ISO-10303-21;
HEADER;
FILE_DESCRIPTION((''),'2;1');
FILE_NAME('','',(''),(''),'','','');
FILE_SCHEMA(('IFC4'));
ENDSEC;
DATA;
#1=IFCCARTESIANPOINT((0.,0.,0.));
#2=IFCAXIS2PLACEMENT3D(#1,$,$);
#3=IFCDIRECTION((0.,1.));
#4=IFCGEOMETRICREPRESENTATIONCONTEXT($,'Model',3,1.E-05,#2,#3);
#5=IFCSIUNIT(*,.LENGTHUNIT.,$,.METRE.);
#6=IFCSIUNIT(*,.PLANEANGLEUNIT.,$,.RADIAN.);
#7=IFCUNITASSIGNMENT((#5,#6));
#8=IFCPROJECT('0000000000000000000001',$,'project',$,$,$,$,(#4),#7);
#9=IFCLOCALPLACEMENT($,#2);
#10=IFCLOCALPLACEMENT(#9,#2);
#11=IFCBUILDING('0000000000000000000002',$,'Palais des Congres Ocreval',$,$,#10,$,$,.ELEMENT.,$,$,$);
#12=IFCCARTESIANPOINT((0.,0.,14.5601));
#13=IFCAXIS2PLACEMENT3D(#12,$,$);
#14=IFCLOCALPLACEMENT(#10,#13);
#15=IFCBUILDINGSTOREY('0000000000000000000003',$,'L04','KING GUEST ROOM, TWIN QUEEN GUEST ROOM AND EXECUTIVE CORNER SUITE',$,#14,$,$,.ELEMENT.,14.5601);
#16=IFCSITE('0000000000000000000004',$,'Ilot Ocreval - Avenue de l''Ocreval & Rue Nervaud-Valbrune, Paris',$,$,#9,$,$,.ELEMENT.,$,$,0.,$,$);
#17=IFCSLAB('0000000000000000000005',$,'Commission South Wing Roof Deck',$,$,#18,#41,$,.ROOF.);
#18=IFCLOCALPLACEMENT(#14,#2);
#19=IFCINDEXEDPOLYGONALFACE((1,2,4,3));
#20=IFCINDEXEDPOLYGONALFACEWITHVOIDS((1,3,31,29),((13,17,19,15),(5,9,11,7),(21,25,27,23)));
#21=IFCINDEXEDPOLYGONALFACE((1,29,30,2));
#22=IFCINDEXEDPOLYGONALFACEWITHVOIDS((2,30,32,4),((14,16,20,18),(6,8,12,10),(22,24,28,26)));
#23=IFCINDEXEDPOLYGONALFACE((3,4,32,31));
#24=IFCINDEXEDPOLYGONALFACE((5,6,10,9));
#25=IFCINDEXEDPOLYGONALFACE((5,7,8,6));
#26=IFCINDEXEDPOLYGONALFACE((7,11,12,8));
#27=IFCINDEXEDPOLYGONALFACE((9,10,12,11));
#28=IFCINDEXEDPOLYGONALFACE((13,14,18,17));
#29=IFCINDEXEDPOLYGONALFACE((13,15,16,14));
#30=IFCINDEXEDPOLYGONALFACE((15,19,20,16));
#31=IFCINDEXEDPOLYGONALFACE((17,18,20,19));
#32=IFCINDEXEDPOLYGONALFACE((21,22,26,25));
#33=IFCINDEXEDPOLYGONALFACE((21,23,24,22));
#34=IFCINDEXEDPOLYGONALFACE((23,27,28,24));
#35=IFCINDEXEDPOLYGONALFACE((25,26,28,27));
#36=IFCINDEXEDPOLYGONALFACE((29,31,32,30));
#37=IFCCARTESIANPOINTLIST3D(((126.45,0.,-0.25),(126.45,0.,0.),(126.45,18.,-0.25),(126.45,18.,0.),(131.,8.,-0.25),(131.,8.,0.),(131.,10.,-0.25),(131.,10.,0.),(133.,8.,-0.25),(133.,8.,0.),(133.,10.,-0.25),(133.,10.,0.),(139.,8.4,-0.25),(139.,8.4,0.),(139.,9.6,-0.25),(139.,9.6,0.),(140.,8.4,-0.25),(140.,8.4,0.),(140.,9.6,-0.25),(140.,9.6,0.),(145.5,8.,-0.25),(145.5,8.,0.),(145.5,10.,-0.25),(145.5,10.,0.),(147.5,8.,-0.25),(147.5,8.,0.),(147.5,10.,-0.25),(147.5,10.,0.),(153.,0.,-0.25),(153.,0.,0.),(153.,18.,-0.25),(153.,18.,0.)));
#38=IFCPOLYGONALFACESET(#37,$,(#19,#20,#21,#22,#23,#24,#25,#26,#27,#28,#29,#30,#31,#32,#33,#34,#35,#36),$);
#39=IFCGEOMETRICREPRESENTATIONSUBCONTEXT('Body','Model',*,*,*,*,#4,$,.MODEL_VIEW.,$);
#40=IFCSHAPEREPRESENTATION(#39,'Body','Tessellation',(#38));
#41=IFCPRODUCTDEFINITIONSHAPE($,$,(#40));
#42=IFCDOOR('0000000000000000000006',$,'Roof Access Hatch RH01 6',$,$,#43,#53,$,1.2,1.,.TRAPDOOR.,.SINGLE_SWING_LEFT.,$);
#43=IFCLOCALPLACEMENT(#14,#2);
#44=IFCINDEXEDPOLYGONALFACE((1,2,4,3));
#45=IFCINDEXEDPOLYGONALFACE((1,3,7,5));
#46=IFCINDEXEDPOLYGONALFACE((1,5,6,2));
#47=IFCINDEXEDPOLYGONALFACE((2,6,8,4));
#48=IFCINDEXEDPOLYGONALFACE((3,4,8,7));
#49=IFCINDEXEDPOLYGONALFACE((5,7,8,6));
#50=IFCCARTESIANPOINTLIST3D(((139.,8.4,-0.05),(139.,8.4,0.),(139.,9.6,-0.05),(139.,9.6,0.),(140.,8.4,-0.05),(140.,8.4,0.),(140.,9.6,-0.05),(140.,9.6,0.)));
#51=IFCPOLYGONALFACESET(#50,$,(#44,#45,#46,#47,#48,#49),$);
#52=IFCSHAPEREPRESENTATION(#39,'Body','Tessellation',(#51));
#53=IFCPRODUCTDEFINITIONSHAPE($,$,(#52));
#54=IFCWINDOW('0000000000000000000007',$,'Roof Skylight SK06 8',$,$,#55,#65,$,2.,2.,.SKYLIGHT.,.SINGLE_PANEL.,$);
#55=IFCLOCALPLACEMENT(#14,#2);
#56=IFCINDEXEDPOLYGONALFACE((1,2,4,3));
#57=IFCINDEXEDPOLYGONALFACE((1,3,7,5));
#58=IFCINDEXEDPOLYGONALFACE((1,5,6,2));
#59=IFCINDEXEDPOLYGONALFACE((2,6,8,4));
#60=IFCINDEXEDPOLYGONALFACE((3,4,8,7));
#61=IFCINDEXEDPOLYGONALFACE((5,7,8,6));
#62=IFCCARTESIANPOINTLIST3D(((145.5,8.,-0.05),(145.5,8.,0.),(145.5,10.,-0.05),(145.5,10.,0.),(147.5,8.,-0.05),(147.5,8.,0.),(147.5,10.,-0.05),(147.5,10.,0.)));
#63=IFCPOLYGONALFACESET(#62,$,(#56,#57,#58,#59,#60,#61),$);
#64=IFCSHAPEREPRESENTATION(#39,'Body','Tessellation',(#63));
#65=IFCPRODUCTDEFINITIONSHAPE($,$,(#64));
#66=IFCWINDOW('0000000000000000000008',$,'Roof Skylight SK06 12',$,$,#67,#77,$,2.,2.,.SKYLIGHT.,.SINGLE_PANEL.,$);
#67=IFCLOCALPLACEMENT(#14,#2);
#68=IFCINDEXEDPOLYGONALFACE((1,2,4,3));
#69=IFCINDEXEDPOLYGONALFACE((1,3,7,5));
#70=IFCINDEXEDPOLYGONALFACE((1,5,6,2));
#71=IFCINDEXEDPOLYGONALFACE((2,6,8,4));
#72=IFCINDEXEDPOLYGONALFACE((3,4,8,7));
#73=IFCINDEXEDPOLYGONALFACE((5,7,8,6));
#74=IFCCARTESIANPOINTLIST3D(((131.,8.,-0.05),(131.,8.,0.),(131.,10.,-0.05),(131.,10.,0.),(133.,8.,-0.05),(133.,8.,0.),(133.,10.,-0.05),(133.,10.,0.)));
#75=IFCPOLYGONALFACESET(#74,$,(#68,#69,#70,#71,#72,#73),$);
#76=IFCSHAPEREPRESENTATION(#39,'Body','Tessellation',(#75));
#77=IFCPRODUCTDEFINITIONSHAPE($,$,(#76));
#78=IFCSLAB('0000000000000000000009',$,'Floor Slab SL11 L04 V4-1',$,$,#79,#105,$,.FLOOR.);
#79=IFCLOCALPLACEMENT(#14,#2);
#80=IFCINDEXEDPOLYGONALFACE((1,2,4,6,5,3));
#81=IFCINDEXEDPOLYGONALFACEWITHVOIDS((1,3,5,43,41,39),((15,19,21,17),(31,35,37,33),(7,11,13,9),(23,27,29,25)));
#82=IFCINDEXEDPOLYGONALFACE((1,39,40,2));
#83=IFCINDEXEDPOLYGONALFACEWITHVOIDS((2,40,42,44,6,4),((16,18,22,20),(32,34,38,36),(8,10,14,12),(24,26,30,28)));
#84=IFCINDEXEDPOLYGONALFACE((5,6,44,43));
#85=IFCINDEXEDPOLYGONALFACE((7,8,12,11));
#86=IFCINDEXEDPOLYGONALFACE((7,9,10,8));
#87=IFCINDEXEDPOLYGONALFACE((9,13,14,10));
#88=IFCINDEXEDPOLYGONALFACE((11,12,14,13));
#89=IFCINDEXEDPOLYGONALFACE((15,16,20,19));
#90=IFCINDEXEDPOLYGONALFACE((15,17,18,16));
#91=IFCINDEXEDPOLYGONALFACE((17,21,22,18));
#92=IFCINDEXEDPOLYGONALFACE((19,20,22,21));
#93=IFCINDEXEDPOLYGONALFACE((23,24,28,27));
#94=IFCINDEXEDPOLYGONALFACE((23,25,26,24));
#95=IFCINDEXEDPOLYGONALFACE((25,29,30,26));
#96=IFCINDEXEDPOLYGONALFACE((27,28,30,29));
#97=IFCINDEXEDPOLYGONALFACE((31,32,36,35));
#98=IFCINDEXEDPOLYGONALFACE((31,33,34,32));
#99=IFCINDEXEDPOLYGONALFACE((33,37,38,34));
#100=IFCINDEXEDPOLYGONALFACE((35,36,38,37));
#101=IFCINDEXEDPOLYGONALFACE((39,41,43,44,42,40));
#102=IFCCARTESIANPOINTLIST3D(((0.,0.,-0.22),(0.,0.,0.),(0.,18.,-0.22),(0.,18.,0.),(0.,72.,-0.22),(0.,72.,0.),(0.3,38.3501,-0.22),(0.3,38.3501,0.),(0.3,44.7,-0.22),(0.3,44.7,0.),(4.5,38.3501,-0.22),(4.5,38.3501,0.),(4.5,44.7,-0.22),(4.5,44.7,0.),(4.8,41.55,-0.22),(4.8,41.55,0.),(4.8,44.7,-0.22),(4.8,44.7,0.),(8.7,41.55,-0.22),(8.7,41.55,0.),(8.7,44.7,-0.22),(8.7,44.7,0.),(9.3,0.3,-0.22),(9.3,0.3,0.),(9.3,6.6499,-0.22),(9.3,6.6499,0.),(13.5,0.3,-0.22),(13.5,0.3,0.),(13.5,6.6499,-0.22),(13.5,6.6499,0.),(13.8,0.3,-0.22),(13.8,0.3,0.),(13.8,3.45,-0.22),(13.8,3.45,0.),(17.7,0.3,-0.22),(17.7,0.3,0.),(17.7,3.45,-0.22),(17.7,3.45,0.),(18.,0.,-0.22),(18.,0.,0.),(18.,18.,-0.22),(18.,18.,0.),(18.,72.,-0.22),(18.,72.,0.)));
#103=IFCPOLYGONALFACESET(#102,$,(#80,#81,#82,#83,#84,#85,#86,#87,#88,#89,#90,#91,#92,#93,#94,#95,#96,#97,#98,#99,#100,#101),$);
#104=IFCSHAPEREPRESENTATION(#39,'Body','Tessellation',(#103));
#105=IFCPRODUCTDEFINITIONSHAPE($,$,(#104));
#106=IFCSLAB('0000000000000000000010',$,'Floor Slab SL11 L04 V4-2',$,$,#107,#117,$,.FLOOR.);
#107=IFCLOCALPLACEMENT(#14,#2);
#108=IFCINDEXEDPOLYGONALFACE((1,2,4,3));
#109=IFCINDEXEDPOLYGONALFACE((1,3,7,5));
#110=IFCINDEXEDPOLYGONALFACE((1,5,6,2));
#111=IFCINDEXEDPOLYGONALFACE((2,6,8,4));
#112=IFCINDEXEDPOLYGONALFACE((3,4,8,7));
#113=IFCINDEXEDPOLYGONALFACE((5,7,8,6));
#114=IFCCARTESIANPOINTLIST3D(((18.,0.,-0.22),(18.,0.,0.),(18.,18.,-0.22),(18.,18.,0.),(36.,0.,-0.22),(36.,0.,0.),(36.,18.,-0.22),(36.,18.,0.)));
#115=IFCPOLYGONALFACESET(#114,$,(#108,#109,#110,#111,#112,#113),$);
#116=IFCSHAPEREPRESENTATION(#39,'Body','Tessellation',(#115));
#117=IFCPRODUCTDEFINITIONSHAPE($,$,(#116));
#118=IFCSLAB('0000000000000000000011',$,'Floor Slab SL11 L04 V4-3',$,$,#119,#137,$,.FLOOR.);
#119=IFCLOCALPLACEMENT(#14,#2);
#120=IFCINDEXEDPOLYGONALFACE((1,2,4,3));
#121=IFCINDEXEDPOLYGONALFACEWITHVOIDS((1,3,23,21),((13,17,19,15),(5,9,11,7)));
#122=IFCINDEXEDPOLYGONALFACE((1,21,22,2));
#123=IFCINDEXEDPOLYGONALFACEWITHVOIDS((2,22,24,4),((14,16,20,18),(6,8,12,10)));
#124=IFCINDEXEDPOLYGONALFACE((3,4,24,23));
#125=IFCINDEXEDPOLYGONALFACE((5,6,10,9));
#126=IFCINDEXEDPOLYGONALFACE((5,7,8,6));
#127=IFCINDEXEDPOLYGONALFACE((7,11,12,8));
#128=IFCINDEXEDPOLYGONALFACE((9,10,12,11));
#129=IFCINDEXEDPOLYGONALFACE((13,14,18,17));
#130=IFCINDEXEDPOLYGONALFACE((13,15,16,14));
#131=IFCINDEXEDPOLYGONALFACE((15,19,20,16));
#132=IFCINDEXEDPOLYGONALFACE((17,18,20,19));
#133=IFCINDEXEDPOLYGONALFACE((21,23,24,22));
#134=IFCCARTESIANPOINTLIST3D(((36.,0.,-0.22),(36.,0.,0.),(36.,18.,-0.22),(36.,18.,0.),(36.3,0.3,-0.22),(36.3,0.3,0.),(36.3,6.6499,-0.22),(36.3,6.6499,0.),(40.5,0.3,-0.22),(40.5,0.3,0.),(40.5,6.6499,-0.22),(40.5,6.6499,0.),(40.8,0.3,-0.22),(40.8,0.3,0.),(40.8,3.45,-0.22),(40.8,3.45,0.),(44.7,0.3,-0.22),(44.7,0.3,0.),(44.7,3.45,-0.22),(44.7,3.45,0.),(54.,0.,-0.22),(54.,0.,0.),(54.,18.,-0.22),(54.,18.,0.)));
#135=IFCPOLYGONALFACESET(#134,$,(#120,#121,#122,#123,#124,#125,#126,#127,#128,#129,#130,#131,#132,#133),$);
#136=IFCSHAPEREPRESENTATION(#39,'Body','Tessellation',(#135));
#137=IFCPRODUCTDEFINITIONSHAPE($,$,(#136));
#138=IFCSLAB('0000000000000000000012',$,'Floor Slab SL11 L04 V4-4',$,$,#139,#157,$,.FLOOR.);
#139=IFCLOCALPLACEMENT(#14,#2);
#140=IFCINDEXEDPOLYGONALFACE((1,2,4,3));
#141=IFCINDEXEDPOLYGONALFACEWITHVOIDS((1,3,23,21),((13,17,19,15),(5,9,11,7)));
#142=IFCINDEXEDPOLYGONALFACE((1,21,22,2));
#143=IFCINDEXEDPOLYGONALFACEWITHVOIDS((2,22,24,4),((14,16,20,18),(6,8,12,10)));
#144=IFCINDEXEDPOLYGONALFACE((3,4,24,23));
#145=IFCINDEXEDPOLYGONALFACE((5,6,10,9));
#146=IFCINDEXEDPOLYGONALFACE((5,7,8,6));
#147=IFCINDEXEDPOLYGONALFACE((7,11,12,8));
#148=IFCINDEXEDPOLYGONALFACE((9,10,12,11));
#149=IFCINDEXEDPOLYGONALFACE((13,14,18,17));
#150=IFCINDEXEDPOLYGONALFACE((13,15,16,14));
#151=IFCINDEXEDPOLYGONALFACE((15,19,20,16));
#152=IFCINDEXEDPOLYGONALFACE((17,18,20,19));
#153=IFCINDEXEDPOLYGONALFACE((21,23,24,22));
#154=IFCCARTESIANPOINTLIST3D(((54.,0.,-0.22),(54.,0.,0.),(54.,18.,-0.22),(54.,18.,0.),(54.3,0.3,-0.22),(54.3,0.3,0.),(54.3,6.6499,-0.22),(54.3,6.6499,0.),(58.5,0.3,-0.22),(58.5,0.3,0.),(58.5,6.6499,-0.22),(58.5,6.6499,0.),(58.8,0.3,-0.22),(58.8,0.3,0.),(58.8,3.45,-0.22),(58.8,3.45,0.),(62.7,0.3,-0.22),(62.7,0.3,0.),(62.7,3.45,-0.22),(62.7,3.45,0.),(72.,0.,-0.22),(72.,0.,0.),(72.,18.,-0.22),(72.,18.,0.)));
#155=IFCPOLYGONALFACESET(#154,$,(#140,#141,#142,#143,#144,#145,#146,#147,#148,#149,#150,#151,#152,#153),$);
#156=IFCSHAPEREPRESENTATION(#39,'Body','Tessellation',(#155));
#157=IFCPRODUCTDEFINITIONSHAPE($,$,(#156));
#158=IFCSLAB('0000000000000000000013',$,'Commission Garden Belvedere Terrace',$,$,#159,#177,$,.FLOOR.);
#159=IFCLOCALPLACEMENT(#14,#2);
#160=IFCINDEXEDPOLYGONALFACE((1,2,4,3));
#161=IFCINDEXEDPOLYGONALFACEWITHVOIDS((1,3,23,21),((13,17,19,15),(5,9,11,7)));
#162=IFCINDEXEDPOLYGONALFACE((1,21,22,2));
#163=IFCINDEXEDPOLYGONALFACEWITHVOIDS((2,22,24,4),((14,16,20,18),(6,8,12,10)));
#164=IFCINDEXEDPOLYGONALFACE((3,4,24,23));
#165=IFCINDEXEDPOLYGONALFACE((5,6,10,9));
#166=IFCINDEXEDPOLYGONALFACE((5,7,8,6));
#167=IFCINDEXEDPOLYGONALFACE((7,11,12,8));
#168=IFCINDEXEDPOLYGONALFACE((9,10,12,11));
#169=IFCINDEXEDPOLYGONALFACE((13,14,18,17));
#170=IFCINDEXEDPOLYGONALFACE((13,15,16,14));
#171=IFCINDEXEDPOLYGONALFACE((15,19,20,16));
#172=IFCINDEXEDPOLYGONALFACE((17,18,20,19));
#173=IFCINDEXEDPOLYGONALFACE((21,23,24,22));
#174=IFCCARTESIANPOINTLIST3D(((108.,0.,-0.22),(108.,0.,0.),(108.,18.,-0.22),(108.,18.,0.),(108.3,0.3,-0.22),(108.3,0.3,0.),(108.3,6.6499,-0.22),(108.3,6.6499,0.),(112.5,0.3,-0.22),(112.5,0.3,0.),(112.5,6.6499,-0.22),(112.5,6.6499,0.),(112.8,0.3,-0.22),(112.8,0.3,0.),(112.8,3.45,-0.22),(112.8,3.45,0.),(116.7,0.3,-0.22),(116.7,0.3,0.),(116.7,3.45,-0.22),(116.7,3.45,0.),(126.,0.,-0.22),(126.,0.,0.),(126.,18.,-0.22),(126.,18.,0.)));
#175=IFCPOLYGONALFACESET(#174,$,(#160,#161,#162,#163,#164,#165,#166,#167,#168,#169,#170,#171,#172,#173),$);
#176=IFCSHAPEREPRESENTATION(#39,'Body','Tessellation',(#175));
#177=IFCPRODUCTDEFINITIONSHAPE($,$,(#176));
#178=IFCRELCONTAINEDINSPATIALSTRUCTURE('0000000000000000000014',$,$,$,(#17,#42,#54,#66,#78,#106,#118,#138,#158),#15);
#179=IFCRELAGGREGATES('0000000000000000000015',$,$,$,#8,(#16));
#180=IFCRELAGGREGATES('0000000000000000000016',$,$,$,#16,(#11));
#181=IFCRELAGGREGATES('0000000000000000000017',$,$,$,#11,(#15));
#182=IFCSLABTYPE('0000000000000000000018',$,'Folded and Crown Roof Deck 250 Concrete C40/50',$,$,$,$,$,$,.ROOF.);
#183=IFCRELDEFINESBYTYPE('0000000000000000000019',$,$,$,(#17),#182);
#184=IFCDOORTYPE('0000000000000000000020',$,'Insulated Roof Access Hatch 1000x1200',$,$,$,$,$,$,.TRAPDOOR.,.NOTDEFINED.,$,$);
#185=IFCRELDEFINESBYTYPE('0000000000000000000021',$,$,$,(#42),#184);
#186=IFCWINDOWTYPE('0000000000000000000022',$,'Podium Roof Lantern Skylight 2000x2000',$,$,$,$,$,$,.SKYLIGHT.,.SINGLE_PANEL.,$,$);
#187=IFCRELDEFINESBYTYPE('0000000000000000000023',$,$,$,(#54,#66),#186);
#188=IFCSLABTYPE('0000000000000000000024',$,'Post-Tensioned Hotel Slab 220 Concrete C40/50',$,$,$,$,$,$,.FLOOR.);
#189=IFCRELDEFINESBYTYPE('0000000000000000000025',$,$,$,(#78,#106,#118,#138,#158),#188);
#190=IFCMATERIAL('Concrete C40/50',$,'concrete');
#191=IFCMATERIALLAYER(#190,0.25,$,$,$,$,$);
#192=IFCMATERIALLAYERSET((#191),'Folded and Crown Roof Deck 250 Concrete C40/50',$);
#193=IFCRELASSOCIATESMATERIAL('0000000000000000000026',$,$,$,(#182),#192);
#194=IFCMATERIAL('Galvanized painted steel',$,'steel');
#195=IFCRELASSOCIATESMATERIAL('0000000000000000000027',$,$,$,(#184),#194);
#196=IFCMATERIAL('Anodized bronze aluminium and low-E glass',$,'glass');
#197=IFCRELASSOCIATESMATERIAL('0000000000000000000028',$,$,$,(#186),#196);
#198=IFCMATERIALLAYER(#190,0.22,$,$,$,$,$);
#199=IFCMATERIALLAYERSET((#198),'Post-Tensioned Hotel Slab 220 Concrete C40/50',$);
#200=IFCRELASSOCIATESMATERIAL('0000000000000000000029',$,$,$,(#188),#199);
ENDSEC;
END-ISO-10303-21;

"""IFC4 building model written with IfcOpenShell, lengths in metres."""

from ifc_helpers import new_model, si_unit, direction, frame, origin, origin_2d, place, context, subcontext, project, spatial, polyline, rectangle, outline, extrude, material, layer, layer_set, type_object, element, fill, save


model = new_model("IFC4")

# Units and contexts
model_context = context("Model", 3, precision=1e-05, world=origin(), true_north=direction((0.0, 1.0)))
body_context = subcontext(model_context, "Body", "Model", "MODEL_VIEW")
ifc_project = project(units=[si_unit("LENGTHUNIT", "METRE"), si_unit("PLANEANGLEUNIT", "RADIAN")], contexts=[model_context])

# Site, building, storey
site_placement = place(None, origin())
site = spatial("IfcSite", under=ifc_project, at=site_placement, Name="Ilot Ocreval - Avenue de l'Ocreval & Rue Nervaud-Valbrune, Paris", CompositionType="ELEMENT", RefElevation=0.0)
building_placement = place(site_placement, origin())
building = spatial("IfcBuilding", under=site, at=building_placement, Name="Palais des Congres Ocreval", CompositionType="ELEMENT")
storey_placement = place(building_placement, frame((0.0, 0.0, 14.5601)))
storey = spatial("IfcBuildingStorey", under=building, at=storey_placement, Name="L04", Description="KING GUEST ROOM, TWIN QUEEN GUEST ROOM AND EXECUTIVE CORNER SUITE", CompositionType="ELEMENT", Elevation=14.5601)

# Slab, openings, door, windows
ifc_material_1 = material(Name="Concrete C40/50", Category="concrete")
ifc_layer_1 = layer(ifc_material_1, 0.25)
ifc_layer_set_1 = layer_set([ifc_layer_1], Name="Folded and Crown Roof Deck 250 Concrete C40/50")
slab_type_1 = type_object("IfcSlabType", Name="Folded and Crown Roof Deck 250 Concrete C40/50", PredefinedType="ROOF", material=ifc_layer_set_1)
slab_1_placement = place(storey_placement, frame((0.0, 0.0, -0.25)))
slab_1 = element("IfcSlab", 1, at=slab_1_placement, inside=storey, type_object=slab_type_1, Name="Commission South Wing Roof Deck", PredefinedType="ROOF", context=body_context, shape_type="SweptSolid", body=[
    extrude(outline(polyline([(126.45, 0.0), (126.45, 18.0), (153.0, 18.0), (153.0, 0.0), (126.45, 0.0)])), origin(), (0.0, 0.0, 1.0), 0.25),
])
opening_1_placement = place(slab_1_placement, frame((139.5, 9.0, 0.0)))
opening_1 = element("IfcOpeningElement", 2, at=opening_1_placement, cuts=slab_1, PredefinedType="OPENING", context=body_context, shape_type="SweptSolid", body=[
    extrude(rectangle(XDim=1.0, YDim=1.2, at=origin_2d()), frame((0.0, 0.0, -0.01), z_axis=(0.0, 0.0, 1.0), x_axis=(1.0, 0.0, 0.0)), (0.0, 0.0, 1.0), 0.27),
])
opening_2_placement = place(slab_1_placement, frame((146.5, 9.0, 0.0)))
opening_2 = element("IfcOpeningElement", 3, at=opening_2_placement, cuts=slab_1, PredefinedType="OPENING", context=body_context, shape_type="SweptSolid", body=[
    extrude(rectangle(XDim=2.0, YDim=2.0, at=origin_2d()), frame((0.0, 0.0, -0.01), z_axis=(0.0, 0.0, 1.0), x_axis=(1.0, 0.0, 0.0)), (0.0, 0.0, 1.0), 0.27),
])
opening_3_placement = place(slab_1_placement, frame((132.0, 9.0, 0.0)))
opening_3 = element("IfcOpeningElement", 4, at=opening_3_placement, cuts=slab_1, PredefinedType="OPENING", context=body_context, shape_type="SweptSolid", body=[
    extrude(rectangle(XDim=2.0, YDim=2.0, at=origin_2d()), frame((0.0, 0.0, -0.01), z_axis=(0.0, 0.0, 1.0), x_axis=(1.0, 0.0, 0.0)), (0.0, 0.0, 1.0), 0.27),
])
ifc_material_2 = material(Name="Galvanized painted steel", Category="steel")
door_type = type_object("IfcDoorType", Name="Insulated Roof Access Hatch 1000x1200", OperationType="NOTDEFINED", PredefinedType="TRAPDOOR", material=ifc_material_2)
door_placement = place(opening_1_placement, frame((0.0, 0.0, 0.2)))
door = element("IfcDoor", 5, at=door_placement, inside=storey, type_object=door_type, Name="Roof Access Hatch RH01 6", OperationType="SINGLE_SWING_LEFT", OverallHeight=1.2, OverallWidth=1.0, PredefinedType="TRAPDOOR", context=body_context, shape_type="SweptSolid", body=[
    extrude(rectangle(XDim=1.0, YDim=1.2, at=origin_2d()), origin(), (0.0, 0.0, 1.0), 0.05),
])
fill(opening_1, door)
ifc_material_3 = material(Name="Anodized bronze aluminium and low-E glass", Category="glass")
window_type_1 = type_object("IfcWindowType", Name="Podium Roof Lantern Skylight 2000x2000", PartitioningType="SINGLE_PANEL", PredefinedType="SKYLIGHT", material=ifc_material_3)
window_1_placement = place(opening_2_placement, frame((0.0, 0.0, 0.2)))
window_1 = element("IfcWindow", 6, at=window_1_placement, inside=storey, type_object=window_type_1, Name="Roof Skylight SK06 8", OverallHeight=2.0, OverallWidth=2.0, PartitioningType="SINGLE_PANEL", PredefinedType="SKYLIGHT", context=body_context, shape_type="SweptSolid", body=[
    extrude(rectangle(XDim=2.0, YDim=2.0, at=origin_2d()), origin(), (0.0, 0.0, 1.0), 0.05),
])
fill(opening_2, window_1)
window_2_placement = place(opening_3_placement, frame((0.0, 0.0, 0.2)))
window_2 = element("IfcWindow", 7, at=window_2_placement, inside=storey, type_object=window_type_1, Name="Roof Skylight SK06 12", OverallHeight=2.0, OverallWidth=2.0, PartitioningType="SINGLE_PANEL", PredefinedType="SKYLIGHT", context=body_context, shape_type="SweptSolid", body=[
    extrude(rectangle(XDim=2.0, YDim=2.0, at=origin_2d()), origin(), (0.0, 0.0, 1.0), 0.05),
])
fill(opening_3, window_2)

# Slabs
ifc_layer_2 = layer(ifc_material_1, 0.22)
ifc_layer_set_2 = layer_set([ifc_layer_2], Name="Post-Tensioned Hotel Slab 220 Concrete C40/50")
slab_type_2 = type_object("IfcSlabType", Name="Post-Tensioned Hotel Slab 220 Concrete C40/50", PredefinedType="FLOOR", material=ifc_layer_set_2)
slab_2_placement = place(storey_placement, frame((0.0, 0.0, -0.22)))
element("IfcSlab", 8, at=slab_2_placement, inside=storey, type_object=slab_type_2, Name="Floor Slab SL11 L04 V4-1", PredefinedType="FLOOR", context=body_context, shape_type="SweptSolid", body=[
    extrude(outline(polyline([(0.0, 0.0), (0.0, 18.0), (0.0, 72.0), (18.0, 72.0), (18.0, 18.0), (18.0, 0.0), (0.0, 0.0)]), holes=[polyline([(13.8, 0.3), (17.7, 0.3), (17.7, 3.45), (13.8, 3.45), (13.8, 0.3)]), polyline([(9.3, 6.6499), (9.3, 0.3), (13.5, 0.3), (13.5, 6.6499), (9.3, 6.6499)]), polyline([(0.3, 44.7), (0.3, 38.3501), (4.5, 38.3501), (4.5, 44.7), (0.3, 44.7)]), polyline([(4.8, 44.7), (4.8, 41.55), (8.7, 41.55), (8.7, 44.7), (4.8, 44.7)])]), origin(), (0.0, 0.0, 1.0), 0.22),
])
slab_3_placement = place(storey_placement, frame((0.0, 0.0, -0.22)))
element("IfcSlab", 9, at=slab_3_placement, inside=storey, type_object=slab_type_2, Name="Floor Slab SL11 L04 V4-2", PredefinedType="FLOOR", context=body_context, shape_type="SweptSolid", body=[
    extrude(outline(polyline([(18.0, 0.0), (18.0, 18.0), (36.0, 18.0), (36.0, 0.0), (18.0, 0.0)])), origin(), (0.0, 0.0, 1.0), 0.22),
])
slab_4_placement = place(storey_placement, frame((0.0, 0.0, -0.22)))
element("IfcSlab", 10, at=slab_4_placement, inside=storey, type_object=slab_type_2, Name="Floor Slab SL11 L04 V4-3", PredefinedType="FLOOR", context=body_context, shape_type="SweptSolid", body=[
    extrude(outline(polyline([(36.0, 0.0), (36.0, 18.0), (54.0, 18.0), (54.0, 0.0), (36.0, 0.0)]), holes=[polyline([(40.8, 0.3), (44.7, 0.3), (44.7, 3.45), (40.8, 3.45), (40.8, 0.3)]), polyline([(36.3, 0.3), (40.5, 0.3), (40.5, 6.6499), (36.3, 6.6499), (36.3, 0.3)])]), origin(), (0.0, 0.0, 1.0), 0.22),
])
slab_5_placement = place(storey_placement, frame((0.0, 0.0, -0.22)))
element("IfcSlab", 11, at=slab_5_placement, inside=storey, type_object=slab_type_2, Name="Floor Slab SL11 L04 V4-4", PredefinedType="FLOOR", context=body_context, shape_type="SweptSolid", body=[
    extrude(outline(polyline([(54.0, 0.0), (54.0, 18.0), (72.0, 18.0), (72.0, 0.0), (54.0, 0.0)]), holes=[polyline([(58.8, 0.3), (62.7, 0.3), (62.7, 3.45), (58.8, 3.45), (58.8, 0.3)]), polyline([(54.3, 0.3), (58.5, 0.3), (58.5, 6.6499), (54.3, 6.6499), (54.3, 0.3)])]), origin(), (0.0, 0.0, 1.0), 0.22),
])
slab_6_placement = place(storey_placement, frame((0.0, 0.0, -0.22)))
element("IfcSlab", 12, at=slab_6_placement, inside=storey, type_object=slab_type_2, Name="Commission Garden Belvedere Terrace", PredefinedType="FLOOR", context=body_context, shape_type="SweptSolid", body=[
    extrude(outline(polyline([(108.0, 0.0), (108.0, 18.0), (126.0, 18.0), (126.0, 0.0), (108.0, 0.0)]), holes=[polyline([(116.7, 3.45), (112.8, 3.45), (112.8, 0.3), (116.7, 0.3), (116.7, 3.45)]), polyline([(108.3, 6.6499), (108.3, 0.3), (112.5, 0.3), (112.5, 6.6499), (108.3, 6.6499)])]), origin(), (0.0, 0.0, 1.0), 0.22),
])

save(model, "model.ifc")
